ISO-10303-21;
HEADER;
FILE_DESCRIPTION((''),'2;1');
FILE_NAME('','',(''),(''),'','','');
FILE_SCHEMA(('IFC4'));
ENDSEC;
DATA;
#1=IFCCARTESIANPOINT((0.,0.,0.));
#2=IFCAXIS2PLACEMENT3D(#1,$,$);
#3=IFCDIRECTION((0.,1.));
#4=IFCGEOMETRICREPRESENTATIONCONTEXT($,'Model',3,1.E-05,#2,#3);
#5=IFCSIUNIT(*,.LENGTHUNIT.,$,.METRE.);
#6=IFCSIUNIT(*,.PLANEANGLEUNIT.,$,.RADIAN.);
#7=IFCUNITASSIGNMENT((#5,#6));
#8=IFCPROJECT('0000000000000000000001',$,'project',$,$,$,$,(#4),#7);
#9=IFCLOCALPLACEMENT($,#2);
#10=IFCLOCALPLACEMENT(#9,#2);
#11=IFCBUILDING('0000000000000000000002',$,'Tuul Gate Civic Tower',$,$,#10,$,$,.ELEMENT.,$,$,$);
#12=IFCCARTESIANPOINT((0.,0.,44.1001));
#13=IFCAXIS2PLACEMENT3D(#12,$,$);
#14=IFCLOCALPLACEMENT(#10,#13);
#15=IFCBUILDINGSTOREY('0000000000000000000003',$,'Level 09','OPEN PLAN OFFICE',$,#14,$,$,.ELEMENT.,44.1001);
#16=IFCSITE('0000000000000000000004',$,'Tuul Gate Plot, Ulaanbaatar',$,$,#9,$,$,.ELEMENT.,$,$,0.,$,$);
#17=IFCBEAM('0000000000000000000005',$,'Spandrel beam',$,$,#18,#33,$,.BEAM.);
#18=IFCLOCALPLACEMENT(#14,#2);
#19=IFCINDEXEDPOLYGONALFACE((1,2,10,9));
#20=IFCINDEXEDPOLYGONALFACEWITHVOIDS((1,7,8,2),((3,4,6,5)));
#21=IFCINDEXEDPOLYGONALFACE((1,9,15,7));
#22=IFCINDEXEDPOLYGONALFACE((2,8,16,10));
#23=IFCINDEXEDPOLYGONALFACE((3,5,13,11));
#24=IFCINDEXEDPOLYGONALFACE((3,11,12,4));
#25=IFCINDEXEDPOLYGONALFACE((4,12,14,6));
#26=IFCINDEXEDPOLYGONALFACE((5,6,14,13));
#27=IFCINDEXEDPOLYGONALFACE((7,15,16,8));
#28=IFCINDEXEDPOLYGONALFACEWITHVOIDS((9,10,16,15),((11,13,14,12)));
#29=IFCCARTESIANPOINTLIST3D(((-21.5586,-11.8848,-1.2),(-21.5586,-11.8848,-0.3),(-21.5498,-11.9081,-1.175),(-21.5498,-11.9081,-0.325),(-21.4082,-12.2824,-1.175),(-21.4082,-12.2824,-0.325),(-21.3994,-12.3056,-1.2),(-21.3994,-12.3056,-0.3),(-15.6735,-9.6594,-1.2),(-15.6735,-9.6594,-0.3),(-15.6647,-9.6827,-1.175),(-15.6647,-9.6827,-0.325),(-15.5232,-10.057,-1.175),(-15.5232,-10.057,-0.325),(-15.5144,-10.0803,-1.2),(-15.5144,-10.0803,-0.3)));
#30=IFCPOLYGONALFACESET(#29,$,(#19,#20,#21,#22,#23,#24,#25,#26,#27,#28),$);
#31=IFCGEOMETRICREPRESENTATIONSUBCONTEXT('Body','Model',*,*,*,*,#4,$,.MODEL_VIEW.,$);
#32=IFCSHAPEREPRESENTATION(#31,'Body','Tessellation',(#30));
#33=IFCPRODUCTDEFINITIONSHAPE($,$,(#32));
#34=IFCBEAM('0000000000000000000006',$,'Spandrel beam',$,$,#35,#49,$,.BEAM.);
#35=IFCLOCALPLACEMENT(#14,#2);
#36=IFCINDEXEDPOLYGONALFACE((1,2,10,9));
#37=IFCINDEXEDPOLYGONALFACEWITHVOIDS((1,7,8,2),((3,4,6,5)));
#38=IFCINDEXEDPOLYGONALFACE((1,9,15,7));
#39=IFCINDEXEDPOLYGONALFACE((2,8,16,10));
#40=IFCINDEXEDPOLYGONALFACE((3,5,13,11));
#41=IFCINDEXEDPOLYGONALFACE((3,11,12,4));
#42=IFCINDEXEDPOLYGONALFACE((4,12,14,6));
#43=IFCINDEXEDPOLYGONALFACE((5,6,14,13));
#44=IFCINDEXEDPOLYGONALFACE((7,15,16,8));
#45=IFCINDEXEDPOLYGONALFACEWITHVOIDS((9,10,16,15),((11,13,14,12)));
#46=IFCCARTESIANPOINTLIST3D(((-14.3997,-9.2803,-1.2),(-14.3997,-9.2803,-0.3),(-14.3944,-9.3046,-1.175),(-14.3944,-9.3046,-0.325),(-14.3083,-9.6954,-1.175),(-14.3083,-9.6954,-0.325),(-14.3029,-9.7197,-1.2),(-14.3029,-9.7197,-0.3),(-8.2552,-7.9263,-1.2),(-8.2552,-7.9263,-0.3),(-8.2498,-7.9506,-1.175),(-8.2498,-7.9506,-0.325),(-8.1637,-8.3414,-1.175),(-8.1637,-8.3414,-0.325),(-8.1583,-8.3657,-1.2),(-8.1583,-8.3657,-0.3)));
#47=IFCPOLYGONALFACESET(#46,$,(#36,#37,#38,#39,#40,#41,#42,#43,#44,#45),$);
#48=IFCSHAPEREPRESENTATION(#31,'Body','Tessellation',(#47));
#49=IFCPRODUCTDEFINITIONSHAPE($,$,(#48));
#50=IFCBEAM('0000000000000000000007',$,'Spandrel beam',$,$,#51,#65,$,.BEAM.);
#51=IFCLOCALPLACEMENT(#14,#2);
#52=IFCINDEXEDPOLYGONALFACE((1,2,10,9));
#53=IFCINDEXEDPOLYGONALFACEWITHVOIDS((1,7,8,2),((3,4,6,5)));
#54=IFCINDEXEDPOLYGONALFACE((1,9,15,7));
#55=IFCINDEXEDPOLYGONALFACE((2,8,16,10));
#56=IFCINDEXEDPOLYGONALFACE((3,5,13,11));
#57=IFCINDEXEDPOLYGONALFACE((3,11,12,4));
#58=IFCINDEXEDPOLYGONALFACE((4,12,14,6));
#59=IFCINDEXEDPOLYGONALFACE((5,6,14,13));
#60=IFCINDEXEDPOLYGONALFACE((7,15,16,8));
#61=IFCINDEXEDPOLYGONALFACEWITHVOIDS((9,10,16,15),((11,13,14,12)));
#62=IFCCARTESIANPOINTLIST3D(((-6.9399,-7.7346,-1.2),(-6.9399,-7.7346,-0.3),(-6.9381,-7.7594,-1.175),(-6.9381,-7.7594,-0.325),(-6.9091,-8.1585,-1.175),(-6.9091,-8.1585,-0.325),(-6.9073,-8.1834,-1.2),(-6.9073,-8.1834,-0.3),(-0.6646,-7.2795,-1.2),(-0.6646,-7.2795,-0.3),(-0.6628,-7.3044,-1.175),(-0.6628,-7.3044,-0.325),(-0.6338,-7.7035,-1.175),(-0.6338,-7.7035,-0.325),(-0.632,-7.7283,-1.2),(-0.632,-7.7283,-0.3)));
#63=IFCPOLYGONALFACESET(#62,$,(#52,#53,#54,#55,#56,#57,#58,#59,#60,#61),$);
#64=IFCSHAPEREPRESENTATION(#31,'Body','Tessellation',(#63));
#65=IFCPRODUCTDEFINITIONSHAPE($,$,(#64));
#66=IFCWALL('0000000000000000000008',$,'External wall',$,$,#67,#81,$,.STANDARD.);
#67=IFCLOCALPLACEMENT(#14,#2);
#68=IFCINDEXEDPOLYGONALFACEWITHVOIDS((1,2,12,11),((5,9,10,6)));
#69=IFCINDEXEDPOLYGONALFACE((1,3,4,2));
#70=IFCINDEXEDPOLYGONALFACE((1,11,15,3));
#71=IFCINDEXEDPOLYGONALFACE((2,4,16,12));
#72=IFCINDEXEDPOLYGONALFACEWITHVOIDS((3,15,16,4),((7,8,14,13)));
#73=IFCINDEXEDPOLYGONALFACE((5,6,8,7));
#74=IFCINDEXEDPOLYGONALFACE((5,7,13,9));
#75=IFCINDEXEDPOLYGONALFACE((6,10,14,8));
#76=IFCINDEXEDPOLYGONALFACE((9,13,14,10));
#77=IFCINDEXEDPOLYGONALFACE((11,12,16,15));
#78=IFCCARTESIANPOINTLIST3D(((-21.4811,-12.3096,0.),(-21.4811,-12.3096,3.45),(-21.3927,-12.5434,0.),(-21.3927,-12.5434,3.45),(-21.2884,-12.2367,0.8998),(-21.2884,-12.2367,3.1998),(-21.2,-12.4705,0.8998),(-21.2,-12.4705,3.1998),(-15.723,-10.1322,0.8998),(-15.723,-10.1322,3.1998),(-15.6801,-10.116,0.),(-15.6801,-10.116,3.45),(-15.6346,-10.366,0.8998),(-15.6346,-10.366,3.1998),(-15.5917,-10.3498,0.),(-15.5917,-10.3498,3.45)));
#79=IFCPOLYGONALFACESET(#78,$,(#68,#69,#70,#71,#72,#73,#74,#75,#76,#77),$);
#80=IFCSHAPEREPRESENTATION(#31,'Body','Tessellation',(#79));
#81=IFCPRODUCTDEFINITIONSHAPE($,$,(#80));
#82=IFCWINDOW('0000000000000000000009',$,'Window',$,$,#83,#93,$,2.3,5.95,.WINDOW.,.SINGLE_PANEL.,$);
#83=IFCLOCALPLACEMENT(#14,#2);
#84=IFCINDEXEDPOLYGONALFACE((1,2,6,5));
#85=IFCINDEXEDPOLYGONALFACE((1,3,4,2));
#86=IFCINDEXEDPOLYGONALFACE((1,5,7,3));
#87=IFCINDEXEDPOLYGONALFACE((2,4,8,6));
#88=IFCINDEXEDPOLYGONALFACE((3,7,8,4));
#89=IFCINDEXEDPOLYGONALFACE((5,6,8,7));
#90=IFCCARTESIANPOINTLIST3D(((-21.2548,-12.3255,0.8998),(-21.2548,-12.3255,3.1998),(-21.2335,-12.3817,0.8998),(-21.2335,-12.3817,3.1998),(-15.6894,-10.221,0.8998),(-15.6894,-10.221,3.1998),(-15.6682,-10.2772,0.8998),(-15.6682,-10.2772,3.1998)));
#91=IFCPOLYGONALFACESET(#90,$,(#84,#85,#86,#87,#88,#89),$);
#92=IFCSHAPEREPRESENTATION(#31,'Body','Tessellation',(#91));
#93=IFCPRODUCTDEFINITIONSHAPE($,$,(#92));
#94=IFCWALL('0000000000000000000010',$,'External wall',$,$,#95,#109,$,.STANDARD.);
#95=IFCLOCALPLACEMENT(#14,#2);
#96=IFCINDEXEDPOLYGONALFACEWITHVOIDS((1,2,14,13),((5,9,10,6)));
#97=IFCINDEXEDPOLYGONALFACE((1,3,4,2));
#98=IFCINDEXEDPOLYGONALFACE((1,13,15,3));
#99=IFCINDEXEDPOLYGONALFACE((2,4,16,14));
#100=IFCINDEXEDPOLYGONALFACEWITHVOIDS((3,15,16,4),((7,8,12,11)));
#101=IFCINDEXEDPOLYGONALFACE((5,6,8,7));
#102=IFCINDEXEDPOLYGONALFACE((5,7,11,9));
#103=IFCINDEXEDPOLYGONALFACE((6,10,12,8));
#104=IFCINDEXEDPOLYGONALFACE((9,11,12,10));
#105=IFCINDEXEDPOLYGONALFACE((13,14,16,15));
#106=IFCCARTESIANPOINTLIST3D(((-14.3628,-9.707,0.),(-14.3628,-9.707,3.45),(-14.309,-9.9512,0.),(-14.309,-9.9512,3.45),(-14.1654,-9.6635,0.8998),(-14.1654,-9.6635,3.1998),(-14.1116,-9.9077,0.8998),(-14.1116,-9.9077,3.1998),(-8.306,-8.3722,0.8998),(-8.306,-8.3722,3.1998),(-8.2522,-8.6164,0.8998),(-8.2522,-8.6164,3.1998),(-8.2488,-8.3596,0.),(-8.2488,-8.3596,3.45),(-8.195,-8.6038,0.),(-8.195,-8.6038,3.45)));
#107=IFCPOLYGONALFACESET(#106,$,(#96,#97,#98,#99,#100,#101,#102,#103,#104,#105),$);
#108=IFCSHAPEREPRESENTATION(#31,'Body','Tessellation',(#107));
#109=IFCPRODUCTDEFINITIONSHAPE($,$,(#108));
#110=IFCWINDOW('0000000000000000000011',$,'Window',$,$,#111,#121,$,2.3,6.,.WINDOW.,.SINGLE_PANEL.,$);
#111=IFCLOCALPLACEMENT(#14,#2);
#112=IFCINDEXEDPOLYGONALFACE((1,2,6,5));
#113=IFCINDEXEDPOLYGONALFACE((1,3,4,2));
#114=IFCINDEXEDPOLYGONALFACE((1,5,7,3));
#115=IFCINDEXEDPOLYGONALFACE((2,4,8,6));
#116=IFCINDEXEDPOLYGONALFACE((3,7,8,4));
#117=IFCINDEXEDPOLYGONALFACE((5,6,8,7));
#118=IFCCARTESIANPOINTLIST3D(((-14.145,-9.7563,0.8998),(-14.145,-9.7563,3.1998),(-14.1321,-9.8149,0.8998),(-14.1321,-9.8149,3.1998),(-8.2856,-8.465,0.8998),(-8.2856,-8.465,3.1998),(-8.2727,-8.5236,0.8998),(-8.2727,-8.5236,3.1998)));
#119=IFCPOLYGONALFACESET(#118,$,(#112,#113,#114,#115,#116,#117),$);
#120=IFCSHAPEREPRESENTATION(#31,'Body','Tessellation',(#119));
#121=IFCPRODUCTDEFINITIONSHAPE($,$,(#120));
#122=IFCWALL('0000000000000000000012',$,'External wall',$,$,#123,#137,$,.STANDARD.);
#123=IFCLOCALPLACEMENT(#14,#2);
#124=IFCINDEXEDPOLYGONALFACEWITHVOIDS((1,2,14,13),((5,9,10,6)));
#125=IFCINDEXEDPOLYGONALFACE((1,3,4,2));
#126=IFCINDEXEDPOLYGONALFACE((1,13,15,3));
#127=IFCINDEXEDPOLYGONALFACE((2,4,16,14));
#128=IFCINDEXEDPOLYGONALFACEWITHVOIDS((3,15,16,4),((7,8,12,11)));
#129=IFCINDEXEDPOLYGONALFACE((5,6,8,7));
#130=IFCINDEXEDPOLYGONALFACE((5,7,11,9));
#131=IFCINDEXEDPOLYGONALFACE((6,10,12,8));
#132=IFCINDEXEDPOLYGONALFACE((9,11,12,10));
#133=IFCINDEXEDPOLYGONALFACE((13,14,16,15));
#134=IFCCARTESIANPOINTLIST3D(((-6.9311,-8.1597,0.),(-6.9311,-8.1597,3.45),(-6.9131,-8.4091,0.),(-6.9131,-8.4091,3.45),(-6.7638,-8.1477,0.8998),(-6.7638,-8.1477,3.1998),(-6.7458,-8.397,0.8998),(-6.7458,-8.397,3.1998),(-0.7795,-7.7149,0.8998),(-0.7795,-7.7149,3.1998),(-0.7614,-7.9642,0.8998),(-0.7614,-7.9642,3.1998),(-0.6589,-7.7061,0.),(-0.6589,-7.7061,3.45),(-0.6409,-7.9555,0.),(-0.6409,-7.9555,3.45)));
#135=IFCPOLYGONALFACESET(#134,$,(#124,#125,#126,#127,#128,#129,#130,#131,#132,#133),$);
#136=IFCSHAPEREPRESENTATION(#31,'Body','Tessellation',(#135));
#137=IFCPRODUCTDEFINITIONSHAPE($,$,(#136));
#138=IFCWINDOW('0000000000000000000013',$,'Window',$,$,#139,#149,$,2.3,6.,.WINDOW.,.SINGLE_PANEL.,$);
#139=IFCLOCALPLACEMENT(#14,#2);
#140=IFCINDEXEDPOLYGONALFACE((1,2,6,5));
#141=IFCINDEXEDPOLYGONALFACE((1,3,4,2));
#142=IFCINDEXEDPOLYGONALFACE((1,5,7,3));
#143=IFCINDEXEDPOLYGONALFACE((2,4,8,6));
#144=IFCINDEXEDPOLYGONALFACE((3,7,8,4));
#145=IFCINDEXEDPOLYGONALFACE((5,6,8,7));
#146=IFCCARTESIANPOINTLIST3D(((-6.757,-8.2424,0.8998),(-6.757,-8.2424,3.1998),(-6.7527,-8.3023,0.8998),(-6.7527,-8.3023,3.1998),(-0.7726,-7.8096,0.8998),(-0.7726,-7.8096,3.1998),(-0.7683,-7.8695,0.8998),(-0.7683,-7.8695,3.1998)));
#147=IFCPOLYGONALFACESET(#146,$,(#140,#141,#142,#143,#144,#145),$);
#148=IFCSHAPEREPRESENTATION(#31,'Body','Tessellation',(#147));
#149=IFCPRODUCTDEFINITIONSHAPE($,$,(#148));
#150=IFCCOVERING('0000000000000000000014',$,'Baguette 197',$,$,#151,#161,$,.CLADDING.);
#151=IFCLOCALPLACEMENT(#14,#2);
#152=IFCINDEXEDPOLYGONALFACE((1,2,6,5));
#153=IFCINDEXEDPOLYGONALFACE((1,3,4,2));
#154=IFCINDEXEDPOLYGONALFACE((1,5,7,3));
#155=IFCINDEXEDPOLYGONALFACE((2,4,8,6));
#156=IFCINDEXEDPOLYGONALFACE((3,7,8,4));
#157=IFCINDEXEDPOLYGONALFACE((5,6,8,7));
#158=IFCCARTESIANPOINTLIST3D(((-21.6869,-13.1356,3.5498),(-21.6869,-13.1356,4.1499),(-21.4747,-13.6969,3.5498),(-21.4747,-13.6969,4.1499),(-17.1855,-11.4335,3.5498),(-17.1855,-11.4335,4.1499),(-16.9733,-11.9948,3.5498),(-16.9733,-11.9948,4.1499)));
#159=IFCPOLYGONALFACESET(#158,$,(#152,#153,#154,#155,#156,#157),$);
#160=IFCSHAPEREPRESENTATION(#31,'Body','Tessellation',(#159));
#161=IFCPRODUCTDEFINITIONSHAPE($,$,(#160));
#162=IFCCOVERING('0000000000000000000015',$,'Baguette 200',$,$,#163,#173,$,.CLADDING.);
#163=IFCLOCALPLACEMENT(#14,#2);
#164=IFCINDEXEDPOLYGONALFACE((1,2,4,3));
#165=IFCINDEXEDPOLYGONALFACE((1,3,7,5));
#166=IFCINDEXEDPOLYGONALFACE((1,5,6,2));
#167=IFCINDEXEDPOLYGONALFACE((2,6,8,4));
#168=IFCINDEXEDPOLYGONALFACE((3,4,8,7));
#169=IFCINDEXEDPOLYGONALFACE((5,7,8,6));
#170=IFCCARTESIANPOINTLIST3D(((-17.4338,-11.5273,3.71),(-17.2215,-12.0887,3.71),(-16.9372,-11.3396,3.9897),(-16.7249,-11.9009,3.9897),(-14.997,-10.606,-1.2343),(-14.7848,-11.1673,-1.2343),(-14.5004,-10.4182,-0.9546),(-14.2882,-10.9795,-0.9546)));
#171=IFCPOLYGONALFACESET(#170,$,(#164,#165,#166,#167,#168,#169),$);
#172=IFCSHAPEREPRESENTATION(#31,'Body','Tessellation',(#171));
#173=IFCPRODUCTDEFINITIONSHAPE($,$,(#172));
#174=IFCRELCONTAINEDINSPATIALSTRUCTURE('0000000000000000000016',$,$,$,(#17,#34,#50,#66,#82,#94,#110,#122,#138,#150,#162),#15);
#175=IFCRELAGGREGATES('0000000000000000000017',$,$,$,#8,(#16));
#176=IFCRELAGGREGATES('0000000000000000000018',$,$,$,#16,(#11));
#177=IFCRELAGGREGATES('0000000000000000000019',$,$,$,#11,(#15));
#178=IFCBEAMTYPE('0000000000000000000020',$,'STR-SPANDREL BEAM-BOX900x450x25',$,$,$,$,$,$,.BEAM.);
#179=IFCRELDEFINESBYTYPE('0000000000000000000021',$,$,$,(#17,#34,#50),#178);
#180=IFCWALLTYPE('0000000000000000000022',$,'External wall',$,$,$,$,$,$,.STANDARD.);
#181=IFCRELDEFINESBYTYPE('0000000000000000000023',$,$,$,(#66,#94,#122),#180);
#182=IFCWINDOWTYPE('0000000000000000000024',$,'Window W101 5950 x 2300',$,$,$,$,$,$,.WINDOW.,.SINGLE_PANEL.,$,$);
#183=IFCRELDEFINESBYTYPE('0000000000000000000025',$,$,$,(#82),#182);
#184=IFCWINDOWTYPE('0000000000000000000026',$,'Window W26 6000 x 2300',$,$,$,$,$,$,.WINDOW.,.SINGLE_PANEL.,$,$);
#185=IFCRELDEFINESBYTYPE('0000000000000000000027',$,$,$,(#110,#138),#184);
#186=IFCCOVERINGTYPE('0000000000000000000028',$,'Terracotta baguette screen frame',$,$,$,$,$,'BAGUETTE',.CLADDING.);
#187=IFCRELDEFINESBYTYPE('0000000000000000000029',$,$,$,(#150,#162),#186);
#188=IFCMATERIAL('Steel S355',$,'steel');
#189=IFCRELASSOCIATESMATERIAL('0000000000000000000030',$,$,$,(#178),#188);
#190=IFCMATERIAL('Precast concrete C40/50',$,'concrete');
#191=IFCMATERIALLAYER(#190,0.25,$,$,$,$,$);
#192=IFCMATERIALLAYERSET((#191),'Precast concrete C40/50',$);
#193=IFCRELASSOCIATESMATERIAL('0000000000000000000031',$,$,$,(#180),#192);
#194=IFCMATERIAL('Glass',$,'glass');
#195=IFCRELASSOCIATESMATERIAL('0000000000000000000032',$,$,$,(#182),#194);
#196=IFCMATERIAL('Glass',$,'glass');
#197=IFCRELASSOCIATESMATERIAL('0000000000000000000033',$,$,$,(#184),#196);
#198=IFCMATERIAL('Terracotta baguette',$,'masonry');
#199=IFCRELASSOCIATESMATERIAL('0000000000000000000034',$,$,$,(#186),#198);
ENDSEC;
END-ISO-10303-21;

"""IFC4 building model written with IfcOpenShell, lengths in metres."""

from ifc_helpers import new_model, si_unit, direction, frame, frame_2d, origin, origin_2d, place, context, subcontext, project, spatial, rectangle, hollow_rectangle, extrude, material, layer, layer_set, material_profile, profile_set, type_object, element, fill, save


model = new_model("IFC4")

# Units and contexts
model_context = context("Model", 3, precision=1e-05, world=origin(), true_north=direction((0.0, 1.0)))
body_context = subcontext(model_context, "Body", "Model", "MODEL_VIEW")
ifc_project = project(units=[si_unit("LENGTHUNIT", "METRE"), si_unit("PLANEANGLEUNIT", "RADIAN")], contexts=[model_context])

# Site, building, storey
site_placement = place(None, origin())
site = spatial("IfcSite", under=ifc_project, at=site_placement, Name="Tuul Gate Plot, Ulaanbaatar", CompositionType="ELEMENT", RefElevation=0.0)
building_placement = place(site_placement, origin())
building = spatial("IfcBuilding", under=site, at=building_placement, Name="Tuul Gate Civic Tower", CompositionType="ELEMENT")
storey_placement = place(building_placement, frame((0.0, 0.0, 44.1001)))
storey = spatial("IfcBuildingStorey", under=building, at=storey_placement, Name="Level 09", Description="OPEN PLAN OFFICE", CompositionType="ELEMENT", Elevation=44.1001)

# Beams
ifc_material_1 = material(Name="Steel S355", Category="steel")
ifc_material_profile_1 = material_profile(ifc_material_1, hollow_rectangle(XDim=0.45, YDim=0.8999, WallThickness=0.0249, at=origin_2d()), Name="BOX900x450x25")
ifc_profile_set_1 = profile_set([ifc_material_profile_1], Name="Steel S355")
beam_type_1 = type_object("IfcBeamType", Name="STR-SPANDREL BEAM-BOX900x450x25", PredefinedType="BEAM", material=ifc_profile_set_1)
beam_1_placement = place(storey_placement, frame((-21.479, -12.0952, -0.75), z_axis=(0.935361, 0.353695, 0.0), x_axis=(-0.353695, 0.935361, 0.0)))
element("IfcBeam", 1, at=beam_1_placement, inside=storey, type_object=beam_type_1, Name="Spandrel beam", PredefinedType="BEAM", context=body_context, shape_type="SweptSolid", body=[
    extrude(hollow_rectangle(XDim=0.45, YDim=0.8999, WallThickness=0.0249, at=origin_2d()), origin(), (0.0, 0.0, 1.0), 6.2917),
])
beam_2_placement = place(storey_placement, frame((-14.3513, -9.5, -0.75), z_axis=(0.976571, 0.215196, 0.0), x_axis=(-0.215196, 0.976571, 0.0)))
element("IfcBeam", 2, at=beam_2_placement, inside=storey, type_object=beam_type_1, Name="Spandrel beam", PredefinedType="BEAM", context=body_context, shape_type="SweptSolid", body=[
    extrude(hollow_rectangle(XDim=0.45, YDim=0.8999, WallThickness=0.0249, at=origin_2d()), origin(), (0.0, 0.0, 1.0), 6.292),
])
beam_3_placement = place(storey_placement, frame((-6.9236, -7.959, -0.75), z_axis=(0.997381, 0.072328, 0.0), x_axis=(-0.072328, 0.997381, 0.0)))
element("IfcBeam", 3, at=beam_3_placement, inside=storey, type_object=beam_type_1, Name="Spandrel beam", PredefinedType="BEAM", context=body_context, shape_type="SweptSolid", body=[
    extrude(hollow_rectangle(XDim=0.45, YDim=0.8999, WallThickness=0.0249, at=origin_2d()), origin(), (0.0, 0.0, 1.0), 6.2917),
])

# Walls, openings, windows
ifc_material_2 = material(Name="Precast concrete C40/50", Category="concrete")
ifc_layer = layer(ifc_material_2, 0.25)
ifc_layer_set = layer_set([ifc_layer], Name="Precast concrete C40/50")
wall_type = type_object("IfcWallType", Name="External wall", PredefinedType="STANDARD", material=ifc_layer_set)
wall_1_placement = place(storey_placement, frame((-21.437, -12.4265, 0.0), z_axis=(0.0, 0.0, 1.0), x_axis=(0.93536, 0.353698, 0.0)))
wall_1 = element("IfcWall", 4, at=wall_1_placement, inside=storey, type_object=wall_type, Name="External wall", PredefinedType="STANDARD", context=body_context, shape_type="SweptSolid", body=[
    extrude(rectangle(XDim=6.2019, YDim=0.25, at=frame_2d((3.1011, 0.0))), origin(), (0.0, 0.0, 1.0), 3.45),
])
opening_1_placement = place(wall_1_placement, frame((0.2061, 0.0, 0.8999)))
opening_1 = element("IfcOpeningElement", 5, at=opening_1_placement, cuts=wall_1, PredefinedType="OPENING", context=body_context, shape_type="SweptSolid", body=[
    extrude(rectangle(XDim=5.95, YDim=2.3, at=frame_2d((2.9751, 1.1499))), frame((0.0, 0.135, 0.0), z_axis=(0.0, -1.0, 0.0), x_axis=(1.0, 0.0, 0.0)), (0.0, 0.0, 1.0), 0.27),
])
ifc_material_3 = material(Name="Glass", Category="glass")
window_type_1 = type_object("IfcWindowType", Name="Window W101 5950 x 2300", PartitioningType="SINGLE_PANEL", PredefinedType="WINDOW", material=ifc_material_3)
window_1_placement = place(opening_1_placement, origin())
window_1 = element("IfcWindow", 6, at=window_1_placement, inside=storey, type_object=window_type_1, Name="Window", OverallHeight=2.3, OverallWidth=5.95, PartitioningType="SINGLE_PANEL", PredefinedType="WINDOW", context=body_context, shape_type="SweptSolid", body=[
    extrude(rectangle(XDim=5.95, YDim=2.3, at=frame_2d((2.9751, 1.1499))), frame((0.0, 0.03, 0.0), z_axis=(0.0, -1.0, 0.0), x_axis=(1.0, 0.0, 0.0)), (0.0, 0.0, 1.0), 0.0601),
])
fill(opening_1, window_1)
wall_2_placement = place(storey_placement, frame((-14.3359, -9.8291, 0.0), z_axis=(0.0, 0.0, 1.0), x_axis=(0.976566, 0.215217, 0.0)))
wall_2 = element("IfcWall", 7, at=wall_2_placement, inside=storey, type_object=wall_type, Name="External wall", PredefinedType="STANDARD", context=body_context, shape_type="SweptSolid", body=[
    extrude(rectangle(XDim=6.2607, YDim=0.25, at=frame_2d((3.1304, 0.0))), origin(), (0.0, 0.0, 1.0), 3.45),
])
opening_2_placement = place(wall_2_placement, frame((0.2021, 0.0, 0.8999)))
opening_2 = element("IfcOpeningElement", 8, at=opening_2_placement, cuts=wall_2, PredefinedType="OPENING", context=body_context, shape_type="SweptSolid", body=[
    extrude(rectangle(XDim=6.0, YDim=2.3, at=frame_2d((3.0, 1.1499))), frame((0.0, 0.135, 0.0), z_axis=(0.0, -1.0, 0.0), x_axis=(1.0, 0.0, 0.0)), (0.0, 0.0, 1.0), 0.27),
])
ifc_material_4 = material(Name="Glass", Category="glass")
window_type_2 = type_object("IfcWindowType", Name="Window W26 6000 x 2300", PartitioningType="SINGLE_PANEL", PredefinedType="WINDOW", material=ifc_material_4)
window_2_placement = place(opening_2_placement, origin())
window_2 = element("IfcWindow", 9, at=window_2_placement, inside=storey, type_object=window_type_2, Name="Window", OverallHeight=2.3, OverallWidth=6.0, PartitioningType="SINGLE_PANEL", PredefinedType="WINDOW", context=body_context, shape_type="SweptSolid", body=[
    extrude(rectangle(XDim=6.0, YDim=2.3, at=frame_2d((3.0, 1.1499))), frame((0.0, 0.03, 0.0), z_axis=(0.0, -1.0, 0.0), x_axis=(1.0, 0.0, 0.0)), (0.0, 0.0, 1.0), 0.0601),
])
fill(opening_2, window_2)
wall_3_placement = place(storey_placement, frame((-6.9221, -8.2844, 0.0), z_axis=(0.0, 0.0, 1.0), x_axis=(0.997395, 0.072133, 0.0)))
wall_3 = element("IfcWall", 10, at=wall_3_placement, inside=storey, type_object=wall_type, Name="External wall", PredefinedType="STANDARD", context=body_context, shape_type="SweptSolid", body=[
    extrude(rectangle(XDim=6.2886, YDim=0.25, at=frame_2d((3.1443, 0.0))), origin(), (0.0, 0.0, 1.0), 3.45),
])
opening_3_placement = place(wall_3_placement, frame((0.1677, 0.0, 0.8999)))
opening_3 = element("IfcOpeningElement", 11, at=opening_3_placement, cuts=wall_3, PredefinedType="OPENING", context=body_context, shape_type="SweptSolid", body=[
    extrude(rectangle(XDim=6.0, YDim=2.3, at=frame_2d((3.0, 1.1499))), frame((0.0, 0.135, 0.0), z_axis=(0.0, -1.0, 0.0), x_axis=(1.0, 0.0, 0.0)), (0.0, 0.0, 1.0), 0.27),
])
window_3_placement = place(opening_3_placement, origin())
window_3 = element("IfcWindow", 12, at=window_3_placement, inside=storey, type_object=window_type_2, Name="Window", OverallHeight=2.3, OverallWidth=6.0, PartitioningType="SINGLE_PANEL", PredefinedType="WINDOW", context=body_context, shape_type="SweptSolid", body=[
    extrude(rectangle(XDim=6.0, YDim=2.3, at=frame_2d((3.0, 1.1499))), frame((0.0, 0.03, 0.0), z_axis=(0.0, -1.0, 0.0), x_axis=(1.0, 0.0, 0.0)), (0.0, 0.0, 1.0), 0.0601),
])
fill(opening_3, window_3)

# Coverings
ifc_material_5 = material(Name="Terracotta baguette", Category="masonry")
ifc_material_profile_2 = material_profile(ifc_material_5, rectangle(XDim=0.6001, YDim=0.6001, at=origin_2d()), Name="Terracotta baguette screen frame")
ifc_profile_set_2 = profile_set([ifc_material_profile_2], Name="Terracotta baguette")
covering_type = type_object("IfcCoveringType", Name="Terracotta baguette screen frame", ElementType="BAGUETTE", PredefinedType="CLADDING", material=ifc_profile_set_2)
covering_1_placement = place(storey_placement, frame((-21.5808, -13.4163, 3.8499), z_axis=(0.935362, 0.353691, 0.0), x_axis=(-0.353691, 0.935362, 0.0)))
element("IfcCovering", 13, at=covering_1_placement, inside=storey, type_object=covering_type, Name="Baguette 197", PredefinedType="CLADDING", context=body_context, shape_type="SweptSolid", body=[
    extrude(rectangle(XDim=0.6001, YDim=0.6001, at=origin_2d()), origin(), (0.0, 0.0, 1.0), 4.8125),
])
covering_2_placement = place(storey_placement, frame((-17.0793, -11.7141, 3.8499), z_axis=(0.436019, 0.164867, -0.884707), x_axis=(-0.353679, 0.935367, 0.0)))
element("IfcCovering", 14, at=covering_2_placement, inside=storey, type_object=covering_type, Name="Baguette 200", PredefinedType="CLADDING", context=body_context, shape_type="SweptSolid", body=[
    extrude(rectangle(XDim=0.6001, YDim=0.6001, at=origin_2d()), origin(), (0.0, 0.0, 1.0), 5.5886),
])

save(model, "model.ifc")
